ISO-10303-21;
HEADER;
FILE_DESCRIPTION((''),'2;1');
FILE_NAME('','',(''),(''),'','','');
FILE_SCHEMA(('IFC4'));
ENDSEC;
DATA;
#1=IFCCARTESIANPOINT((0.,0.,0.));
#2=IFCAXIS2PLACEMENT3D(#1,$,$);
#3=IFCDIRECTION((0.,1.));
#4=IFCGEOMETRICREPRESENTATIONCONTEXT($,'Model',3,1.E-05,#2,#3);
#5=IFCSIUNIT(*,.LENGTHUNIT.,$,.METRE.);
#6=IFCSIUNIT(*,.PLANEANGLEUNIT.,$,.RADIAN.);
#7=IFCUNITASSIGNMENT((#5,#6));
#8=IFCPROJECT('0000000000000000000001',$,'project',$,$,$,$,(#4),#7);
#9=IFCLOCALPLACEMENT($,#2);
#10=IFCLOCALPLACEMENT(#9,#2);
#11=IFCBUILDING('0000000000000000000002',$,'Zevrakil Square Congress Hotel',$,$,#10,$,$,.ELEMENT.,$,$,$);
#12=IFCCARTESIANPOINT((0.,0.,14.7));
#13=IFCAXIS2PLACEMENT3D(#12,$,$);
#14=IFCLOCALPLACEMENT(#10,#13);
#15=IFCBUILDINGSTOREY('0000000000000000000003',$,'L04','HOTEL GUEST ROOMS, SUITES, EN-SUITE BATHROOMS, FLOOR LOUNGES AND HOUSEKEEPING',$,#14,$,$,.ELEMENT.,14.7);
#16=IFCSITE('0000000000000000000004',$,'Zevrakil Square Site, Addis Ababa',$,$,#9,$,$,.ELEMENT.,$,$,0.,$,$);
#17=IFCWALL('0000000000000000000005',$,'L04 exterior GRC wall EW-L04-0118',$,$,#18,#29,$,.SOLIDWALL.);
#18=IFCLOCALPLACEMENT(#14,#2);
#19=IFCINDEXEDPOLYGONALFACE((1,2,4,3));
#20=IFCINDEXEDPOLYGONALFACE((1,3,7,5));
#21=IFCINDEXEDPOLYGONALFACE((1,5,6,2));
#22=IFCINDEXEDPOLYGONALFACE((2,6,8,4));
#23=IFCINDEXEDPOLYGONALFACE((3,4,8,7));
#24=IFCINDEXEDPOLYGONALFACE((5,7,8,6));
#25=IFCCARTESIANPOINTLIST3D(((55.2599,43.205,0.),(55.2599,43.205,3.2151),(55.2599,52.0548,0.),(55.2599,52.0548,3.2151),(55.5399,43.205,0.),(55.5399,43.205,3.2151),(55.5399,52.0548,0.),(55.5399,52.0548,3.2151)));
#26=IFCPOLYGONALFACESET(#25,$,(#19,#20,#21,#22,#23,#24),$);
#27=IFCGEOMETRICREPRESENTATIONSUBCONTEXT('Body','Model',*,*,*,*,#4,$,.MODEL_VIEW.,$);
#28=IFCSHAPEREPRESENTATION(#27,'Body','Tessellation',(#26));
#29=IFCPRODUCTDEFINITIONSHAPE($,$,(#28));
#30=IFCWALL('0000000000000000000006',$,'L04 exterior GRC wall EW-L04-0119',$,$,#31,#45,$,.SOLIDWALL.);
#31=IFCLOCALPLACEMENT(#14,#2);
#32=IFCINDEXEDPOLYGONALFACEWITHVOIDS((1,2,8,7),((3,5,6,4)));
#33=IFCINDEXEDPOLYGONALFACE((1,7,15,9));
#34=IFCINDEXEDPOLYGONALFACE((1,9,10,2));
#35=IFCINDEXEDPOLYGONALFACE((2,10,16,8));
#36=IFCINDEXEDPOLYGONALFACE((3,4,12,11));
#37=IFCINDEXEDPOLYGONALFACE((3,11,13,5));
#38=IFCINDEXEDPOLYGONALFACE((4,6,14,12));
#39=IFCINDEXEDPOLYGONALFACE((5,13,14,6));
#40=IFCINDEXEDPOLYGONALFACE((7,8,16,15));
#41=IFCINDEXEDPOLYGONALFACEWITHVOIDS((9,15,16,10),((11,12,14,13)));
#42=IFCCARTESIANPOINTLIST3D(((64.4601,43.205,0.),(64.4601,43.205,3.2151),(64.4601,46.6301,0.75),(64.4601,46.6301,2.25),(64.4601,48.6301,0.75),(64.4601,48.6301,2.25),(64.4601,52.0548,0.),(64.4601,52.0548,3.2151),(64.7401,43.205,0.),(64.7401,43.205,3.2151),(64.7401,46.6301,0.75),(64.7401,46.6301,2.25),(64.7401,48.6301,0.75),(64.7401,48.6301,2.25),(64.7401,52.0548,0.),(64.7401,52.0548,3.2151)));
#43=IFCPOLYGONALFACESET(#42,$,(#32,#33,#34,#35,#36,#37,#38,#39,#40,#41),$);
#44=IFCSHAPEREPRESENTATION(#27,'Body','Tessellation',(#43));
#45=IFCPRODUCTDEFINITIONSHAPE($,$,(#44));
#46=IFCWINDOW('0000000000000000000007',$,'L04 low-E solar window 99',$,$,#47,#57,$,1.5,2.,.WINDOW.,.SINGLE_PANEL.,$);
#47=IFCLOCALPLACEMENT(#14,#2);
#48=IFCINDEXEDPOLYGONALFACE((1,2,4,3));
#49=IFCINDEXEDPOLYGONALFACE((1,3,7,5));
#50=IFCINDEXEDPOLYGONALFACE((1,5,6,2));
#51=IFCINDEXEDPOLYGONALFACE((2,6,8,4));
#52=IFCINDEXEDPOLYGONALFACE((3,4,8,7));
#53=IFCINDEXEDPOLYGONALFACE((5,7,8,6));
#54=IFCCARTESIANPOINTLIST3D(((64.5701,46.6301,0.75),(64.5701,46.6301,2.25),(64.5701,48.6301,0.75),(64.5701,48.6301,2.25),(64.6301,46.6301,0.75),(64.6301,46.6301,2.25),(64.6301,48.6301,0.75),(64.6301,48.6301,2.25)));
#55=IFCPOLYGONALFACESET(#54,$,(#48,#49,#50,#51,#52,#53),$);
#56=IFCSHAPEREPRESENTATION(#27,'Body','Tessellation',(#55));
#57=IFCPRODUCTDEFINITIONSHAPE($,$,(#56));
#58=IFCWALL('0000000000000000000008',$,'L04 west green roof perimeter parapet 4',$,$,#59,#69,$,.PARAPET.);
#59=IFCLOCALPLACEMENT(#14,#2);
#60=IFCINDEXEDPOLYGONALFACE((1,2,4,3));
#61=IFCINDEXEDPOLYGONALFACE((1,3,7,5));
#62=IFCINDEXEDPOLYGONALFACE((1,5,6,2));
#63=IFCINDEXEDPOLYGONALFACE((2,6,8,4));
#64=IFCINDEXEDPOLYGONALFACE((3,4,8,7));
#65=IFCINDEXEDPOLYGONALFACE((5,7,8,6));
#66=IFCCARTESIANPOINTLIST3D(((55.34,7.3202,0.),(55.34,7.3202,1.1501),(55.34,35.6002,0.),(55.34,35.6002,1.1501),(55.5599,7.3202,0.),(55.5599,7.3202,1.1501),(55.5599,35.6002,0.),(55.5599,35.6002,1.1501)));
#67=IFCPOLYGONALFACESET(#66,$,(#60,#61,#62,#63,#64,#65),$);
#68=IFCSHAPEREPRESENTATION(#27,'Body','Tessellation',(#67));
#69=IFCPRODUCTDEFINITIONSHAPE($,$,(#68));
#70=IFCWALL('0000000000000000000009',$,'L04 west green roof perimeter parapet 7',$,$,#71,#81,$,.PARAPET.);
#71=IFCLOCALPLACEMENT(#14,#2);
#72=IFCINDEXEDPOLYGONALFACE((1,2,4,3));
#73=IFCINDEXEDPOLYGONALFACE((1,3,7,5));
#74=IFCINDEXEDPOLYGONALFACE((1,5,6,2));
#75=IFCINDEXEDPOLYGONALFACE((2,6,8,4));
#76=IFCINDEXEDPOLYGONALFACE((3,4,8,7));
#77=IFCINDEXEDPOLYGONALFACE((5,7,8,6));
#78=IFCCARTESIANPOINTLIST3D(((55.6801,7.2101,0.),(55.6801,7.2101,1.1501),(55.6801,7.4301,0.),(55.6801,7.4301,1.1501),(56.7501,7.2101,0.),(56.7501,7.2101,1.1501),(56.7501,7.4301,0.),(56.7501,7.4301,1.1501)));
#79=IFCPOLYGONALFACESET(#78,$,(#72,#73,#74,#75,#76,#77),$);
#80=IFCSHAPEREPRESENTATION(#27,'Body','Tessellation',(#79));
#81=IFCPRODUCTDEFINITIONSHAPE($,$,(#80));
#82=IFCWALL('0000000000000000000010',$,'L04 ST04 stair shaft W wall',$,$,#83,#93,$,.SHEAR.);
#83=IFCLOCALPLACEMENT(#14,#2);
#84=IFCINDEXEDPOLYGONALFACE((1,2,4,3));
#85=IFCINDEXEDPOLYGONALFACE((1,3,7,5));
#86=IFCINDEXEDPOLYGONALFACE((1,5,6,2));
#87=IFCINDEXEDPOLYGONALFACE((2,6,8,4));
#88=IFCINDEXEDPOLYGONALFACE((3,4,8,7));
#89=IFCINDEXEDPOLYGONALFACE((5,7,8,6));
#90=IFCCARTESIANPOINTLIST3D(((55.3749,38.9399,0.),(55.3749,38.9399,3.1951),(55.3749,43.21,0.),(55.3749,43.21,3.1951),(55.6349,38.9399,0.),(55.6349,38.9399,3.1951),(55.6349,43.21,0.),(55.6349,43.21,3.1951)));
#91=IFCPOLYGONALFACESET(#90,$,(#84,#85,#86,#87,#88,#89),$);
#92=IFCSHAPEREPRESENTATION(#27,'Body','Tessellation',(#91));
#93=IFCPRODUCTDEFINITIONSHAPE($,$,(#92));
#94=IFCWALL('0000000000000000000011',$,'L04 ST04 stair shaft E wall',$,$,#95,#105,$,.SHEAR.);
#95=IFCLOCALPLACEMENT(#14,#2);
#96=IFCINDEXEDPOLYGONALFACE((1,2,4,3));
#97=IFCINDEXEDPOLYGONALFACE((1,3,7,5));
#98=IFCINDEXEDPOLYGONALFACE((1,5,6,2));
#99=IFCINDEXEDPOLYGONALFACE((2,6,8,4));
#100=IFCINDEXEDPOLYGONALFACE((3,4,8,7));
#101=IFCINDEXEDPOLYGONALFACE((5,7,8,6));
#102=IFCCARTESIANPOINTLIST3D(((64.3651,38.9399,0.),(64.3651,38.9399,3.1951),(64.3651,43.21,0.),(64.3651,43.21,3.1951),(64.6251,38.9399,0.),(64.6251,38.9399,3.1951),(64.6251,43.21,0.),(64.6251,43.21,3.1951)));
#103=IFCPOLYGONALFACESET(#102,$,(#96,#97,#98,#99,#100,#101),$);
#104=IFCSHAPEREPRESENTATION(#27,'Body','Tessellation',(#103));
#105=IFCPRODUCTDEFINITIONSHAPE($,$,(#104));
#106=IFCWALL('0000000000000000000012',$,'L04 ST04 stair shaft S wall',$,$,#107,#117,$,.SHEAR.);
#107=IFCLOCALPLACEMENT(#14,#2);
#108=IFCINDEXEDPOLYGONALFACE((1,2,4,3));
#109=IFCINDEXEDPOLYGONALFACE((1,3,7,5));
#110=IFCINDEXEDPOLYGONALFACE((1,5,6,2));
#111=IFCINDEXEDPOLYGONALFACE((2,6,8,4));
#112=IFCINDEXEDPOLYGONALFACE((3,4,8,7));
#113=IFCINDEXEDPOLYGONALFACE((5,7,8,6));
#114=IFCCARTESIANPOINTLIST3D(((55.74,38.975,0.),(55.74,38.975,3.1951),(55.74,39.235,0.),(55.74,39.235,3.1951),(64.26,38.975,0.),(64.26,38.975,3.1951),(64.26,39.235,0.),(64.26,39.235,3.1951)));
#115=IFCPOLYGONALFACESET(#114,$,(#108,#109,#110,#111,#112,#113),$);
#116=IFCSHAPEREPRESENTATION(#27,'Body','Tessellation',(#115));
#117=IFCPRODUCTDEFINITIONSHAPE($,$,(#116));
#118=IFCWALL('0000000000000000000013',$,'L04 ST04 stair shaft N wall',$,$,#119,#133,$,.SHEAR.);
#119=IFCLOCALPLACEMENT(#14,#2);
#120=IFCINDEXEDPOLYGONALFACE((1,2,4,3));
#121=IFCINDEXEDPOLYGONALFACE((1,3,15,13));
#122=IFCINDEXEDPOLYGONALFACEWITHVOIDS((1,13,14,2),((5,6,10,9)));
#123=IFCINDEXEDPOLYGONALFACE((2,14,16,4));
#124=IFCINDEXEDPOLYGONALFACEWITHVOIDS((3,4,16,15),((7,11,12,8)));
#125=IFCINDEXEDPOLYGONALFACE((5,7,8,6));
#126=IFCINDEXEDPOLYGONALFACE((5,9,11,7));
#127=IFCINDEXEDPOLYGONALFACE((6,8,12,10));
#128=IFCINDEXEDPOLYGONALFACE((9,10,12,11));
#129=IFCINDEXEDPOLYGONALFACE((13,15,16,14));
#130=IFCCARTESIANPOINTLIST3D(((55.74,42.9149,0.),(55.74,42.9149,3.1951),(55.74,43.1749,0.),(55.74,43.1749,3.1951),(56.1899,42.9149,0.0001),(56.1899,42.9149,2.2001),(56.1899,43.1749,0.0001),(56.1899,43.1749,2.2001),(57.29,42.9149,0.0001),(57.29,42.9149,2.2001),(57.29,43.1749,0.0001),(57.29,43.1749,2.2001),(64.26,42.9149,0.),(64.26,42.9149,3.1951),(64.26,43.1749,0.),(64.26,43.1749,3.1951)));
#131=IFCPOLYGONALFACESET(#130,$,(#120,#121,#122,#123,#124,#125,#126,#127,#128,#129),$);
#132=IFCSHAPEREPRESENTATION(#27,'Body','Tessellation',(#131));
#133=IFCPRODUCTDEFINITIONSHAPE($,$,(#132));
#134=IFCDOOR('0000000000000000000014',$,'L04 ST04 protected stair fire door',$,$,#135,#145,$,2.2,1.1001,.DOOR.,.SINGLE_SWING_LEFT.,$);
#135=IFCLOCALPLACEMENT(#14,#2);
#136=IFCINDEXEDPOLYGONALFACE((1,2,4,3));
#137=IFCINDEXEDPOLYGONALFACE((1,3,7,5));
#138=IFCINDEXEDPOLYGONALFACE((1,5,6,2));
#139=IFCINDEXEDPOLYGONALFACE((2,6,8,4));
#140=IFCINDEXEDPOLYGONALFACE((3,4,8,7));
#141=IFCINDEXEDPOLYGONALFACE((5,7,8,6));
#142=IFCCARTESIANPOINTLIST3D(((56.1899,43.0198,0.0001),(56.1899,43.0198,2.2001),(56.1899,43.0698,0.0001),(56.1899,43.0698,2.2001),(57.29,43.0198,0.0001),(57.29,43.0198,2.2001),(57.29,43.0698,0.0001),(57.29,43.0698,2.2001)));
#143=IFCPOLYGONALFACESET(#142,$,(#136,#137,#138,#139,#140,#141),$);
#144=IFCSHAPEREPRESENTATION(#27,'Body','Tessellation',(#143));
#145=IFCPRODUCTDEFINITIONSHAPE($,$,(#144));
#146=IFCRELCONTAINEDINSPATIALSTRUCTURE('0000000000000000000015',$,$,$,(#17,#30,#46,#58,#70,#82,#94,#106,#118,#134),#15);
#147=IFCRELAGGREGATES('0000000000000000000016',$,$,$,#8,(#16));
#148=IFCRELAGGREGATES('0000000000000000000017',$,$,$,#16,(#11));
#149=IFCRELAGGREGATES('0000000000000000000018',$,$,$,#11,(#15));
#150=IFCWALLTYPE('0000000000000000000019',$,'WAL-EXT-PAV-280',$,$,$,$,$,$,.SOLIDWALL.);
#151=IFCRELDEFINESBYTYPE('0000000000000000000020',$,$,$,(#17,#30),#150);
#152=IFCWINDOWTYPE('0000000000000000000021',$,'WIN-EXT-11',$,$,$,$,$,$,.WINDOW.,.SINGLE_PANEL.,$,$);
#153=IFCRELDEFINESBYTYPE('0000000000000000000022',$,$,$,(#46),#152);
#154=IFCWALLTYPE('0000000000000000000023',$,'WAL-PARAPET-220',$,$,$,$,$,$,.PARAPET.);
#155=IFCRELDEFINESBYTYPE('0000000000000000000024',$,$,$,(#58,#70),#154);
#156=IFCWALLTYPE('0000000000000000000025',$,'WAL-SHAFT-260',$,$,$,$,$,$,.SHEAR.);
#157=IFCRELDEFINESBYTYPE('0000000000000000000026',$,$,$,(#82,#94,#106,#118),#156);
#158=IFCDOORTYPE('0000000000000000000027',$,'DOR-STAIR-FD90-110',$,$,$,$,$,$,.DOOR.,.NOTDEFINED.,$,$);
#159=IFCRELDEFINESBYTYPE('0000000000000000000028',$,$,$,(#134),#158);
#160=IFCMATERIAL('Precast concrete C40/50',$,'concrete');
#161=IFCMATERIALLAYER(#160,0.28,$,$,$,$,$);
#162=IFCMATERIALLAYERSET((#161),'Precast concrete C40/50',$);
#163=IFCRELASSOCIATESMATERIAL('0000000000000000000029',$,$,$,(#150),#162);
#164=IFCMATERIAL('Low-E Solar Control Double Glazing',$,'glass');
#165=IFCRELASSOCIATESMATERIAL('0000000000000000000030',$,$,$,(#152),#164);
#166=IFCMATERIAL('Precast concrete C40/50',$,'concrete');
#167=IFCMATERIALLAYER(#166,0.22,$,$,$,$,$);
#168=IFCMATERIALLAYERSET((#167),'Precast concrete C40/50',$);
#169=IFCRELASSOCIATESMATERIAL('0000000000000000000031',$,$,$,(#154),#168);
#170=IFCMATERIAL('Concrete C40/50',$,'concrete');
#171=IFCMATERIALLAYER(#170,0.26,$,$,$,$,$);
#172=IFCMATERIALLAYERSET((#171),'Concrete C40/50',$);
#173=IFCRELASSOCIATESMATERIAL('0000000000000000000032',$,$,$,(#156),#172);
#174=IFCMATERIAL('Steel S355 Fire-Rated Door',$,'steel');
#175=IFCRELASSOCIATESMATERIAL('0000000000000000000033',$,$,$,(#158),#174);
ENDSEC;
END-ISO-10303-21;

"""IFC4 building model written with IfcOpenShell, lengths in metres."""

from ifc_helpers import new_model, si_unit, direction, frame, frame_2d, origin, place, context, subcontext, project, spatial, rectangle, extrude, material, layer, layer_set, type_object, element, fill, save


model = new_model("IFC4")

# Units and contexts
model_context = context("Model", 3, precision=1e-05, world=origin(), true_north=direction((0.0, 1.0)))
body_context = subcontext(model_context, "Body", "Model", "MODEL_VIEW")
ifc_project = project(units=[si_unit("LENGTHUNIT", "METRE"), si_unit("PLANEANGLEUNIT", "RADIAN")], contexts=[model_context])

# Site, building, storey
site_placement = place(None, origin())
site = spatial("IfcSite", under=ifc_project, at=site_placement, Name="Zevrakil Square Site, Addis Ababa", CompositionType="ELEMENT", RefElevation=0.0)
building_placement = place(site_placement, origin())
building = spatial("IfcBuilding", under=site, at=building_placement, Name="Zevrakil Square Congress Hotel", CompositionType="ELEMENT")
storey_placement = place(building_placement, frame((0.0, 0.0, 14.7)))
storey = spatial("IfcBuildingStorey", under=building, at=storey_placement, Name="L04", Description="HOTEL GUEST ROOMS, SUITES, EN-SUITE BATHROOMS, FLOOR LOUNGES AND HOUSEKEEPING", CompositionType="ELEMENT", Elevation=14.7)

# Wall
ifc_material_1 = material(Name="Precast concrete C40/50", Category="concrete")
ifc_layer_1 = layer(ifc_material_1, 0.28)
ifc_layer_set_1 = layer_set([ifc_layer_1], Name="Precast concrete C40/50")
wall_type_1 = type_object("IfcWallType", Name="WAL-EXT-PAV-280", PredefinedType="SOLIDWALL", material=ifc_layer_set_1)
wall_1_placement = place(storey_placement, frame((55.3999, 43.2051, 0.0), z_axis=(0.0, 0.0, 1.0), x_axis=(0.0, 1.0, 0.0)))
element("IfcWall", 1, at=wall_1_placement, inside=storey, type_object=wall_type_1, Name="L04 exterior GRC wall EW-L04-0118", PredefinedType="SOLIDWALL", context=body_context, shape_type="SweptSolid", body=[
    extrude(rectangle(XDim=8.8499, YDim=0.28, at=frame_2d((4.4248, 0.0))), origin(), (0.0, 0.0, 1.0), 3.2151),
])

# Wall, opening, window
wall_2_placement = place(storey_placement, frame((64.6001, 43.2051, 0.0), z_axis=(0.0, 0.0, 1.0), x_axis=(0.0, 1.0, 0.0)))
wall_2 = element("IfcWall", 2, at=wall_2_placement, inside=storey, type_object=wall_type_1, Name="L04 exterior GRC wall EW-L04-0119", PredefinedType="SOLIDWALL", context=body_context, shape_type="SweptSolid", body=[
    extrude(rectangle(XDim=8.8499, YDim=0.28, at=frame_2d((4.4248, 0.0))), origin(), (0.0, 0.0, 1.0), 3.2151),
])
opening_1_placement = place(wall_2_placement, frame((3.425, 0.0, 0.75)))
opening_1 = element("IfcOpeningElement", 3, at=opening_1_placement, cuts=wall_2, PredefinedType="OPENING", context=body_context, shape_type="SweptSolid", body=[
    extrude(rectangle(XDim=2.0, YDim=1.5, at=frame_2d((1.0, 0.75))), frame((0.0, 0.1499, 0.0), z_axis=(0.0, -1.0, 0.0), x_axis=(1.0, 0.0, 0.0)), (0.0, 0.0, 1.0), 0.3),
])
ifc_material_2 = material(Name="Low-E Solar Control Double Glazing", Category="glass")
window_type = type_object("IfcWindowType", Name="WIN-EXT-11", PartitioningType="SINGLE_PANEL", PredefinedType="WINDOW", material=ifc_material_2)
window_placement = place(opening_1_placement, origin())
window = element("IfcWindow", 4, at=window_placement, inside=storey, type_object=window_type, Name="L04 low-E solar window 99", OverallHeight=1.5, OverallWidth=2.0, PartitioningType="SINGLE_PANEL", PredefinedType="WINDOW", context=body_context, shape_type="SweptSolid", body=[
    extrude(rectangle(XDim=2.0, YDim=1.5, at=frame_2d((1.0, 0.75))), frame((0.0, 0.03, 0.0), z_axis=(0.0, -1.0, 0.0), x_axis=(1.0, 0.0, 0.0)), (0.0, 0.0, 1.0), 0.0601),
])
fill(opening_1, window)

# Walls
ifc_material_3 = material(Name="Precast concrete C40/50", Category="concrete")
ifc_layer_2 = layer(ifc_material_3, 0.22)
ifc_layer_set_2 = layer_set([ifc_layer_2], Name="Precast concrete C40/50")
wall_type_2 = type_object("IfcWallType", Name="WAL-PARAPET-220", PredefinedType="PARAPET", material=ifc_layer_set_2)
wall_3_placement = place(storey_placement, frame((55.45, 7.3201, 0.0), z_axis=(0.0, 0.0, 1.0), x_axis=(0.0, 1.0, 0.0)))
element("IfcWall", 5, at=wall_3_placement, inside=storey, type_object=wall_type_2, Name="L04 west green roof perimeter parapet 4", PredefinedType="PARAPET", context=body_context, shape_type="SweptSolid", body=[
    extrude(rectangle(XDim=28.28, YDim=0.22, at=frame_2d((14.1401, 0.0))), origin(), (0.0, 0.0, 1.0), 1.1501),
])
wall_4_placement = place(storey_placement, frame((55.6799, 7.3201, 0.0), z_axis=(0.0, 0.0, 1.0), x_axis=(1.0, 0.0, 0.0)))
element("IfcWall", 6, at=wall_4_placement, inside=storey, type_object=wall_type_2, Name="L04 west green roof perimeter parapet 7", PredefinedType="PARAPET", context=body_context, shape_type="SweptSolid", body=[
    extrude(rectangle(XDim=1.0701, YDim=0.22, at=frame_2d((0.5352, 0.0))), origin(), (0.0, 0.0, 1.0), 1.1501),
])
ifc_material_4 = material(Name="Concrete C40/50", Category="concrete")
ifc_layer_3 = layer(ifc_material_4, 0.26)
ifc_layer_set_3 = layer_set([ifc_layer_3], Name="Concrete C40/50")
wall_type_3 = type_object("IfcWallType", Name="WAL-SHAFT-260", PredefinedType="SHEAR", material=ifc_layer_set_3)
for number, where, z_axis, x_axis, name in (
    (7, (55.5049, 38.9399, 0.0), (0.0, 0.0, 1.0), (0.0, 1.0, 0.0), "L04 ST04 stair shaft W wall"),
    (8, (64.4951, 38.9399, 0.0), (0.0, 0.0, 1.0), (0.0, 1.0, 0.0), "L04 ST04 stair shaft E wall"),
):
    element("IfcWall", number, at=place(storey_placement, frame(where, z_axis=z_axis, x_axis=x_axis)), inside=storey, type_object=wall_type_3, Name=name, PredefinedType="SHEAR", context=body_context, shape_type="SweptSolid", body=[
        extrude(rectangle(XDim=4.27, YDim=0.26, at=frame_2d((2.135, 0.0))), origin(), (0.0, 0.0, 1.0), 3.1951),
    ])
wall_5_placement = place(storey_placement, frame((55.74, 39.105, 0.0), z_axis=(0.0, 0.0, 1.0), x_axis=(1.0, 0.0, 0.0)))
element("IfcWall", 9, at=wall_5_placement, inside=storey, type_object=wall_type_3, Name="L04 ST04 stair shaft S wall", PredefinedType="SHEAR", context=body_context, shape_type="SweptSolid", body=[
    extrude(rectangle(XDim=8.52, YDim=0.26, at=frame_2d((4.26, 0.0))), origin(), (0.0, 0.0, 1.0), 3.1951),
])

# Wall, opening, door
wall_6_placement = place(storey_placement, frame((55.74, 43.0449, 0.0), z_axis=(0.0, 0.0, 1.0), x_axis=(1.0, 0.0, 0.0)))
wall_6 = element("IfcWall", 10, at=wall_6_placement, inside=storey, type_object=wall_type_3, Name="L04 ST04 stair shaft N wall", PredefinedType="SHEAR", context=body_context, shape_type="SweptSolid", body=[
    extrude(rectangle(XDim=8.52, YDim=0.26, at=frame_2d((4.26, 0.0))), origin(), (0.0, 0.0, 1.0), 3.1951),
])
opening_2_placement = place(wall_6_placement, frame((0.45, 0.0, 0.0)))
opening_2 = element("IfcOpeningElement", 11, at=opening_2_placement, cuts=wall_6, PredefinedType="OPENING", context=body_context, shape_type="SweptSolid", body=[
    extrude(rectangle(XDim=1.1001, YDim=2.2, at=frame_2d((0.55, 1.1001))), frame((0.0, 0.1401, 0.0), z_axis=(0.0, -1.0, 0.0), x_axis=(1.0, 0.0, 0.0)), (0.0, 0.0, 1.0), 0.28),
])
ifc_material_5 = material(Name="Steel S355 Fire-Rated Door", Category="steel")
door_type = type_object("IfcDoorType", Name="DOR-STAIR-FD90-110", OperationType="NOTDEFINED", PredefinedType="DOOR", material=ifc_material_5)
door_placement = place(opening_2_placement, origin())
door = element("IfcDoor", 12, at=door_placement, inside=storey, type_object=door_type, Name="L04 ST04 protected stair fire door", OperationType="SINGLE_SWING_LEFT", OverallHeight=2.2, OverallWidth=1.1001, PredefinedType="DOOR", context=body_context, shape_type="SweptSolid", body=[
    extrude(rectangle(XDim=1.1001, YDim=2.2, at=frame_2d((0.55, 1.1001))), frame((0.0, 0.0249, 0.0), z_axis=(0.0, -1.0, 0.0), x_axis=(1.0, 0.0, 0.0)), (0.0, 0.0, 1.0), 0.05),
])
fill(opening_2, door)

save(model, "model.ifc")
